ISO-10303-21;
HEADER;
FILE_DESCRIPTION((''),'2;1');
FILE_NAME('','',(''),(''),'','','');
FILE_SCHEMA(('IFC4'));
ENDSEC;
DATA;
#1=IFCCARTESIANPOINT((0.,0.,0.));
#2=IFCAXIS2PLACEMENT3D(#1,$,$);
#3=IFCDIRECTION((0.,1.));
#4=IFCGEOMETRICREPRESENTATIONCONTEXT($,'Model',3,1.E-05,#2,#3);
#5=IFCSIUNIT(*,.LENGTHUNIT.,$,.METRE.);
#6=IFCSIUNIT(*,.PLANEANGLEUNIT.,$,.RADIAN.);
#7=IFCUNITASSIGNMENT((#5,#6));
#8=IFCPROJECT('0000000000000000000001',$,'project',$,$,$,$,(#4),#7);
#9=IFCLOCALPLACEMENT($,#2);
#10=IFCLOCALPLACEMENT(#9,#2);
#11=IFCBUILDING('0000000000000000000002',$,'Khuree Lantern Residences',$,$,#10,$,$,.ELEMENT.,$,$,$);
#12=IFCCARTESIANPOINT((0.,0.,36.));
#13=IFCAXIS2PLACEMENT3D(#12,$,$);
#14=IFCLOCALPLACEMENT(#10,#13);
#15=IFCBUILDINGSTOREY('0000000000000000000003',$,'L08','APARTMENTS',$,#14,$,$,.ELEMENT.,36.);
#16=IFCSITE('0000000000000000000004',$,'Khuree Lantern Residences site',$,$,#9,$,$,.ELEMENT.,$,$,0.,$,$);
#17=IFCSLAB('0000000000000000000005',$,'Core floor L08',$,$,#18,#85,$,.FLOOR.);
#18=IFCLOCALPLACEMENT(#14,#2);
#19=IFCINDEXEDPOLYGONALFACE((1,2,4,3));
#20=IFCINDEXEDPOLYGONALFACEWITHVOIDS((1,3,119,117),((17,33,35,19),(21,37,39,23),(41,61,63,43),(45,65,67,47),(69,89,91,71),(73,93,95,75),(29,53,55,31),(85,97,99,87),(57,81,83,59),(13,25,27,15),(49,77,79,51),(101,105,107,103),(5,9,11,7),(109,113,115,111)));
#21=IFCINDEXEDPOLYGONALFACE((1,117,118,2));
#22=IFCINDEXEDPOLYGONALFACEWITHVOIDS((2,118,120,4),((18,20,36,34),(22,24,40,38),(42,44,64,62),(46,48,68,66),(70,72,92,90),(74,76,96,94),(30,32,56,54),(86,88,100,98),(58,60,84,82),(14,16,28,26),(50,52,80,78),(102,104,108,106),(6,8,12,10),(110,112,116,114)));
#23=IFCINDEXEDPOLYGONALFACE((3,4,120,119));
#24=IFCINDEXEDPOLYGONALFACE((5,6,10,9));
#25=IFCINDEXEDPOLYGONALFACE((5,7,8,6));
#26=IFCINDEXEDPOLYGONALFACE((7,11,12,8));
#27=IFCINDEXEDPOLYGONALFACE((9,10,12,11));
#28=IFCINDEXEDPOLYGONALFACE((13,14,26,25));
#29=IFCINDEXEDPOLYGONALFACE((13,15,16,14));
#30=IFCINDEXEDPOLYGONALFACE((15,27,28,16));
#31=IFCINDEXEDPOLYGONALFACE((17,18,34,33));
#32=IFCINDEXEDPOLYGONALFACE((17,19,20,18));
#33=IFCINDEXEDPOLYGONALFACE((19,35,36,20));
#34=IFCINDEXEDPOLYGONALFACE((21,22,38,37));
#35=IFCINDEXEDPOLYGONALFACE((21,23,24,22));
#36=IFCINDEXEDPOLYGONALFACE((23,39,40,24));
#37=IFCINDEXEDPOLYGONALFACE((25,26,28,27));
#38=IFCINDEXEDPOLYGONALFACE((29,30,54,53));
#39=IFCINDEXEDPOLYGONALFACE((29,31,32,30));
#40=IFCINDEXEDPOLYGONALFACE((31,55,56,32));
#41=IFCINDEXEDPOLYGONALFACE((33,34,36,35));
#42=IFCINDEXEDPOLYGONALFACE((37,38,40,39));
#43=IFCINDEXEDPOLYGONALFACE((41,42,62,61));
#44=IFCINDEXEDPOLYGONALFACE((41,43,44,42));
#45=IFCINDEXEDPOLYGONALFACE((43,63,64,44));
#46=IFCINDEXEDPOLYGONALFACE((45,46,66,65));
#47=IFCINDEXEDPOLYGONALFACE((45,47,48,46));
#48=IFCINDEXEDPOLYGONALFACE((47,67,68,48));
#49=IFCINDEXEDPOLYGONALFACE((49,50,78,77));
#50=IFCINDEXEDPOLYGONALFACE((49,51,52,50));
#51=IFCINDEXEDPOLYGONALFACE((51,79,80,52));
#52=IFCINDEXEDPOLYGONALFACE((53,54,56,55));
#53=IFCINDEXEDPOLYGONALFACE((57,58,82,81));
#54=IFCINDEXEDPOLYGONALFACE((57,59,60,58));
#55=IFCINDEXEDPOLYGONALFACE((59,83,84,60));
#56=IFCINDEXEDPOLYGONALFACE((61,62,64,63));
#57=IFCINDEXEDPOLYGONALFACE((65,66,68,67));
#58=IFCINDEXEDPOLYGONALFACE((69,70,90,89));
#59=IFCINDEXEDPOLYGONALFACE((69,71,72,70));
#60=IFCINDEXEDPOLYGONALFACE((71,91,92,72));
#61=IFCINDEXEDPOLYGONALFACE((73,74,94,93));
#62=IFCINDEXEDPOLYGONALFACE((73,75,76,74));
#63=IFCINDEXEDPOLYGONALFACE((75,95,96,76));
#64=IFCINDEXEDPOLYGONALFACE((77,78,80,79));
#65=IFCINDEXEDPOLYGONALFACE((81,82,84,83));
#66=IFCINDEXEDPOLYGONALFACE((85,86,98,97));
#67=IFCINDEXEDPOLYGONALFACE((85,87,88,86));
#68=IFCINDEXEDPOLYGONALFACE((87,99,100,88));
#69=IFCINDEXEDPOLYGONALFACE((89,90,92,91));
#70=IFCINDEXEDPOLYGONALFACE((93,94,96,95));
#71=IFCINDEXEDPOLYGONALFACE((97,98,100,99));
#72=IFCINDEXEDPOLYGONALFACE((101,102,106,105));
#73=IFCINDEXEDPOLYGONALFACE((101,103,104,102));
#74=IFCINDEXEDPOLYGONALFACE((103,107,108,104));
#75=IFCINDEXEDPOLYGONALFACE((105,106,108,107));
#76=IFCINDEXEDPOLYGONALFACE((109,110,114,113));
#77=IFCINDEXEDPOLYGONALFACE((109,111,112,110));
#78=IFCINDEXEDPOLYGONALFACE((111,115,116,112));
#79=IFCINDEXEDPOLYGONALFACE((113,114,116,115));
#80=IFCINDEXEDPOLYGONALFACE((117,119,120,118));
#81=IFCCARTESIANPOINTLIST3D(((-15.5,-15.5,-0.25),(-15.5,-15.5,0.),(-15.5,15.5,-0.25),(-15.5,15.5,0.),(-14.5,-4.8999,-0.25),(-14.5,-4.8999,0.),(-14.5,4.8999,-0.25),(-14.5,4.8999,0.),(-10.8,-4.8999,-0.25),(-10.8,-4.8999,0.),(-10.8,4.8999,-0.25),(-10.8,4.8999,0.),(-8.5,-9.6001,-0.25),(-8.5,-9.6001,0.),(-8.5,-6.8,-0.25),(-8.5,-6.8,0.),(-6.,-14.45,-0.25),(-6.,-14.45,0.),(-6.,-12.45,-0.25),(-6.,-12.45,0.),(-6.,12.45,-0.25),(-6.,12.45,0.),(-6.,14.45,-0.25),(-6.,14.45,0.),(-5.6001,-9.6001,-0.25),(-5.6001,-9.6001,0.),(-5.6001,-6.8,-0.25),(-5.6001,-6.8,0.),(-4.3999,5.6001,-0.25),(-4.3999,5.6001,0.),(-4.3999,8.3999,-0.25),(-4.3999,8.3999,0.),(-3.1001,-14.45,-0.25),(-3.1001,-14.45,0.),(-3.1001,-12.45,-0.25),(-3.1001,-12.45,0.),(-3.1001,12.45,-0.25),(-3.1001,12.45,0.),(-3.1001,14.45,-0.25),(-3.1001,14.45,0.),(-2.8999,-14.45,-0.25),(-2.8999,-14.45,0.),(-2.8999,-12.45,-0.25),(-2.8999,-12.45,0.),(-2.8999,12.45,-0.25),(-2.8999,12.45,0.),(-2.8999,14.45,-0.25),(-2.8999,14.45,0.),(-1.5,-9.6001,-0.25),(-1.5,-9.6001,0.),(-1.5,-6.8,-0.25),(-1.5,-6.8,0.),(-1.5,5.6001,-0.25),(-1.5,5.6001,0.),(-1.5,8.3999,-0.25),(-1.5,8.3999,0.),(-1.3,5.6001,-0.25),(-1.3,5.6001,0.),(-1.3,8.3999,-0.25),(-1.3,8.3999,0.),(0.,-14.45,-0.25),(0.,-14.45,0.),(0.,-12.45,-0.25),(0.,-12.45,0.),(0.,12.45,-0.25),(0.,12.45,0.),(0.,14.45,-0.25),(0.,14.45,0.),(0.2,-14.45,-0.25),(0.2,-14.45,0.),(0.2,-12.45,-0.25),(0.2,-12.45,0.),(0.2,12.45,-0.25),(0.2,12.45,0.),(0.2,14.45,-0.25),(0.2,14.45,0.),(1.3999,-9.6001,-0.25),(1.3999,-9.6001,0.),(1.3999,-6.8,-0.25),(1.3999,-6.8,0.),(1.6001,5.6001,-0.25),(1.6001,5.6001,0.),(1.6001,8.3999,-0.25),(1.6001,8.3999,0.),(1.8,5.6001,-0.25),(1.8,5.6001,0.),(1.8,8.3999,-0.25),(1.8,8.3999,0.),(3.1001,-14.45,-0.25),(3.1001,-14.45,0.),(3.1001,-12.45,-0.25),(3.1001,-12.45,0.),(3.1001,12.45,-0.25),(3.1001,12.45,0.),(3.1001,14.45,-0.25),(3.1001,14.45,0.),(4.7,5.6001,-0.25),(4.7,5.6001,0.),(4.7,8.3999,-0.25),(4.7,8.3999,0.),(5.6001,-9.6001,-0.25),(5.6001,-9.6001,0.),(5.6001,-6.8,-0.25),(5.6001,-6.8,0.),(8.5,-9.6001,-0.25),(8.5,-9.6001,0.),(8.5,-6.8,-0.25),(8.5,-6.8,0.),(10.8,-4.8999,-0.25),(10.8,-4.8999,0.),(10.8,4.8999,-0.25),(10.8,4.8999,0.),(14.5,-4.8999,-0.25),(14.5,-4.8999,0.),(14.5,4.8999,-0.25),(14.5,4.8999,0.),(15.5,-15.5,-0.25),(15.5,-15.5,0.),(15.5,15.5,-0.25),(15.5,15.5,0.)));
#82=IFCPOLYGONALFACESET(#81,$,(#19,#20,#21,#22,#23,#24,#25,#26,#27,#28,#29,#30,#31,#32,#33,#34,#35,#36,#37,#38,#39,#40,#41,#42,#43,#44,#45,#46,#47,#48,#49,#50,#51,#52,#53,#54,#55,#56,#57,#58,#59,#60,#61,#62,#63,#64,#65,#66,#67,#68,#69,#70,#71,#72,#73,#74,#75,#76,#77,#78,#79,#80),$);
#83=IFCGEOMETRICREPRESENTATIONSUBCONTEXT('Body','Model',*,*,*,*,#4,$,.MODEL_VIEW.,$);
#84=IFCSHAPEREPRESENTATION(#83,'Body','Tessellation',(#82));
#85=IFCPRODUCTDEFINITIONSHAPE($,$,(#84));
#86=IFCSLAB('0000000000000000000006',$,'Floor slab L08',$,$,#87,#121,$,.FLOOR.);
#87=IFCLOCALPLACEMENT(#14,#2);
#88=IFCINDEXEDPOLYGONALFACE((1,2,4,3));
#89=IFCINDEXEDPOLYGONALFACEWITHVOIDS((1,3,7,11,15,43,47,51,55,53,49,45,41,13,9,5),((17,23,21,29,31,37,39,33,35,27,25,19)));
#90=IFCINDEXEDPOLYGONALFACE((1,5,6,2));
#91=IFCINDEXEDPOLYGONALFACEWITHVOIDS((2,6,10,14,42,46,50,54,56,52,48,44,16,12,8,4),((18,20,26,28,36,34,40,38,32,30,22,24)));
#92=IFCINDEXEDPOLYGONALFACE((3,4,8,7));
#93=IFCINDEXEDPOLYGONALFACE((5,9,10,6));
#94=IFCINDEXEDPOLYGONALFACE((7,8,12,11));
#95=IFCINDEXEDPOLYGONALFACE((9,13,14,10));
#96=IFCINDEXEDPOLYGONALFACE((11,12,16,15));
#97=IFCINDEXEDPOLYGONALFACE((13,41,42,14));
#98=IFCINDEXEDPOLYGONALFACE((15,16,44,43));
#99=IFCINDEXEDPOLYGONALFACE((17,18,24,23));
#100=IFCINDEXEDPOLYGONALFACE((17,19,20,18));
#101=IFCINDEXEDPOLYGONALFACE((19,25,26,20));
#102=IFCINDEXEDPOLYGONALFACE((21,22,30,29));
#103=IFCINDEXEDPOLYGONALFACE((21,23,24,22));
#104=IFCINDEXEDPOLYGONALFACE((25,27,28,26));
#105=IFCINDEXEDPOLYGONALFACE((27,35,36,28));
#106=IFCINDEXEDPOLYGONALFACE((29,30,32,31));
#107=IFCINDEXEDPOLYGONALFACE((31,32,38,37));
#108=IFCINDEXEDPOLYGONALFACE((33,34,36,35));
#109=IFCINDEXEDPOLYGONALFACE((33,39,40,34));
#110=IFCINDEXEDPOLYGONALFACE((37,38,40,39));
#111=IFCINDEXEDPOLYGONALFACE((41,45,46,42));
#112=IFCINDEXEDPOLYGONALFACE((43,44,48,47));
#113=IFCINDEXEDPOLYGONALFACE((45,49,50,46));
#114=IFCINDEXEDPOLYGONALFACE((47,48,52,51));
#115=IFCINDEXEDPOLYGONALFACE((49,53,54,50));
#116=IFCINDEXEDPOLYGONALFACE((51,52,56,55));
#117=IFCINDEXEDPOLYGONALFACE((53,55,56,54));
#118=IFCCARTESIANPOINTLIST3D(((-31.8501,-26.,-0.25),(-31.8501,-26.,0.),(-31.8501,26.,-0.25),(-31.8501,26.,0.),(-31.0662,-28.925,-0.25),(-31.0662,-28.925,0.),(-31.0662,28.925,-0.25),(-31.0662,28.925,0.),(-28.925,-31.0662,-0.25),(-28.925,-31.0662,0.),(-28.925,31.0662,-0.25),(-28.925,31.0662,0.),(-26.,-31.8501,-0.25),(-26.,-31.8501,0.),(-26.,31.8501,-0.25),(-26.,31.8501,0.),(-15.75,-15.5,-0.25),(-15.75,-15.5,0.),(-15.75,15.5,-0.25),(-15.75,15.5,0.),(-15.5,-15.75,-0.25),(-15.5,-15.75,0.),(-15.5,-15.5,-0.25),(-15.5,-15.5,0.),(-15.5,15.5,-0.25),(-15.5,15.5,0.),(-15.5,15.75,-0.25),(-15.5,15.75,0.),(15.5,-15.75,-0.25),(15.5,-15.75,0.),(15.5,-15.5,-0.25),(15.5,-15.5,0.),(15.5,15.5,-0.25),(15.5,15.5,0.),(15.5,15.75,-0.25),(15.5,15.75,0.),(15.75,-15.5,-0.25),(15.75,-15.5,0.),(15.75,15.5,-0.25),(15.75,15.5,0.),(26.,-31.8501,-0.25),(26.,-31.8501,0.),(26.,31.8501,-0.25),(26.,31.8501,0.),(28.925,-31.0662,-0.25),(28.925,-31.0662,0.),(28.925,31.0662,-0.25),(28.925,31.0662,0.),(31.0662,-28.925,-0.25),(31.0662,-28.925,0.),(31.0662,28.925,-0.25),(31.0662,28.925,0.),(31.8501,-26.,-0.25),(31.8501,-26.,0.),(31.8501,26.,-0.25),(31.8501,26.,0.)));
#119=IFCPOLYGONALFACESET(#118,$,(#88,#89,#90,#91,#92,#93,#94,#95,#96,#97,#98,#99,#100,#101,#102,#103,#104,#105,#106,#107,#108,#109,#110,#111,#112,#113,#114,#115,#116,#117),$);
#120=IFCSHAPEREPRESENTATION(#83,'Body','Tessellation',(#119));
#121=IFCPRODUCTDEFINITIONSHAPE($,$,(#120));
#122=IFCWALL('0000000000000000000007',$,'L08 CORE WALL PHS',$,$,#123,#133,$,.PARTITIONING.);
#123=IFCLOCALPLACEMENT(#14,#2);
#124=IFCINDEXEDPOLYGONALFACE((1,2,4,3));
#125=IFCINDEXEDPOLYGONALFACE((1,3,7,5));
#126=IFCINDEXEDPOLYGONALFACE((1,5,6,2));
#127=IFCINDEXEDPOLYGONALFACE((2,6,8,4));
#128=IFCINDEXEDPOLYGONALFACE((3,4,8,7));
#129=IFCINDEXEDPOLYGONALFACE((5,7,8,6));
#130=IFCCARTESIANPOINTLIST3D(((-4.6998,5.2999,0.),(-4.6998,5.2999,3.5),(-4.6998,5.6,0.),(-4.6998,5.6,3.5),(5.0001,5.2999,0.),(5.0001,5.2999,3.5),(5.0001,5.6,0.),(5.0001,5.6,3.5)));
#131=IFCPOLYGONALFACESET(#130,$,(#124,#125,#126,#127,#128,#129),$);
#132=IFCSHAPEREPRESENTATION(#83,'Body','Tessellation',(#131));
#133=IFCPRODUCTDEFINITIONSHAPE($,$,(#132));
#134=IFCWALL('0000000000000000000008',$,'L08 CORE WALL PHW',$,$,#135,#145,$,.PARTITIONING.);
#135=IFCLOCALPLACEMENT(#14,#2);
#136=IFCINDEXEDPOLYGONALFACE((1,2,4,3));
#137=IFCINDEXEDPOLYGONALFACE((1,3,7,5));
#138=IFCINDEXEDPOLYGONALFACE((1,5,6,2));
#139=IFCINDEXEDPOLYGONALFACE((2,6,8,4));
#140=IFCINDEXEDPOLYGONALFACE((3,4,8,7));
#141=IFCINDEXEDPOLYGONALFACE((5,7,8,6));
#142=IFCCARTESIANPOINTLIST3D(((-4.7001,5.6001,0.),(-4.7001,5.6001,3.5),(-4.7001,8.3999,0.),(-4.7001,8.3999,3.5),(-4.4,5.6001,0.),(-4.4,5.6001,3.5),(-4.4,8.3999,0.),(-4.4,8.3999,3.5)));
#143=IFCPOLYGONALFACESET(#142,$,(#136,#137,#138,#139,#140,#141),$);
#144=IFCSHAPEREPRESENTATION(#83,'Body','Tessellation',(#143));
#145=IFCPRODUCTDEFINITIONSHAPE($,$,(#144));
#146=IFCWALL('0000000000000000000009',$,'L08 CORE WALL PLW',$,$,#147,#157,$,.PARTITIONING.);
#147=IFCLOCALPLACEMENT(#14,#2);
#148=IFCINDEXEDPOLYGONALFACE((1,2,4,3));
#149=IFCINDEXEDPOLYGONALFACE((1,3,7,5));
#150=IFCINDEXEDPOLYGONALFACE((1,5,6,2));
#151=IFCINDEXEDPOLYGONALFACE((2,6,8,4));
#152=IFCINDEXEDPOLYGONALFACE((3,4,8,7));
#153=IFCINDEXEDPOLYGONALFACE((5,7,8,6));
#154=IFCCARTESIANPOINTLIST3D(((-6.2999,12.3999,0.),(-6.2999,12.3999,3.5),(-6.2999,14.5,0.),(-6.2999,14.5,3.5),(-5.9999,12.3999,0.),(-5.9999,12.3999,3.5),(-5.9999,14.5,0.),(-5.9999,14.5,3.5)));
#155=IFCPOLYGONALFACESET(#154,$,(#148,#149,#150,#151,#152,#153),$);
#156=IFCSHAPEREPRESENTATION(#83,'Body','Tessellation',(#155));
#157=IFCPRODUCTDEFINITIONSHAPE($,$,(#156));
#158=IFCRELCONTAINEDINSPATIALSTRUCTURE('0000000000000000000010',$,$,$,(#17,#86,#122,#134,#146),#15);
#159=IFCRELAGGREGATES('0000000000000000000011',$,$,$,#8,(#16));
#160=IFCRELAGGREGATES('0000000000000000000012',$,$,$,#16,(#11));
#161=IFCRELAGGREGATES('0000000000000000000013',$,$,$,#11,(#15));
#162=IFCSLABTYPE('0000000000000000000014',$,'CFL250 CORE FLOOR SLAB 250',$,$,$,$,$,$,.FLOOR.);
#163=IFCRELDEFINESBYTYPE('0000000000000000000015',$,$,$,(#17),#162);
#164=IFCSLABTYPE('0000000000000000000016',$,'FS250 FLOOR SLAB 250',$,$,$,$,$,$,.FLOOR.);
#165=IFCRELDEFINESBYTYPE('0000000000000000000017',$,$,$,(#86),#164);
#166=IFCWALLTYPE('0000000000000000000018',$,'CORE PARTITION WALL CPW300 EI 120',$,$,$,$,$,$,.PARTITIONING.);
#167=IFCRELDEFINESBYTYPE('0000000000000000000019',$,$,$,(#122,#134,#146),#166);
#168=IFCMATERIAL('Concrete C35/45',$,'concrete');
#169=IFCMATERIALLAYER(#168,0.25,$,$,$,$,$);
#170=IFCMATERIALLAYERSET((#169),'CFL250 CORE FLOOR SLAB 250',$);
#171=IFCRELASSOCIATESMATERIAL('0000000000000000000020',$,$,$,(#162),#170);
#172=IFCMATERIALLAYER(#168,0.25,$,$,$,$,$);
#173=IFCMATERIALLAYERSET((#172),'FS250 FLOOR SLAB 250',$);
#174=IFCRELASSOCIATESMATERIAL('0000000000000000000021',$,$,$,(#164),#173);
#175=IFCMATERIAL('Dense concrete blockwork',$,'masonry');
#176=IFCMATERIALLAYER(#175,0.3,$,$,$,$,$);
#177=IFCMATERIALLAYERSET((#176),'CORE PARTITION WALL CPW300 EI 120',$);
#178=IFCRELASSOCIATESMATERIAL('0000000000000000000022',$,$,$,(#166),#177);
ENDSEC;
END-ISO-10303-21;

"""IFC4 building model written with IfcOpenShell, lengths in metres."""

from ifc_helpers import new_model, si_unit, direction, frame, frame_2d, origin, place, context, subcontext, project, spatial, polyline, rectangle, outline, extrude, material, layer, layer_set, type_object, element, save


model = new_model("IFC4")

# Units and contexts
model_context = context("Model", 3, precision=1e-05, world=origin(), true_north=direction((0.0, 1.0)))
body_context = subcontext(model_context, "Body", "Model", "MODEL_VIEW")
ifc_project = project(units=[si_unit("LENGTHUNIT", "METRE"), si_unit("PLANEANGLEUNIT", "RADIAN")], contexts=[model_context])

# Site, building, storey
site_placement = place(None, origin())
site = spatial("IfcSite", under=ifc_project, at=site_placement, Name="Khuree Lantern Residences site", CompositionType="ELEMENT", RefElevation=0.0)
building_placement = place(site_placement, origin())
building = spatial("IfcBuilding", under=site, at=building_placement, Name="Khuree Lantern Residences", CompositionType="ELEMENT")
storey_placement = place(building_placement, frame((0.0, 0.0, 36.0)))
storey = spatial("IfcBuildingStorey", under=building, at=storey_placement, Name="L08", Description="APARTMENTS", CompositionType="ELEMENT", Elevation=36.0)

# Slabs
ifc_material_1 = material(Name="Concrete C35/45", Category="concrete")
ifc_layer_1 = layer(ifc_material_1, 0.25)
ifc_layer_set_1 = layer_set([ifc_layer_1], Name="CFL250 CORE FLOOR SLAB 250")
slab_type_1 = type_object("IfcSlabType", Name="CFL250 CORE FLOOR SLAB 250", PredefinedType="FLOOR", material=ifc_layer_set_1)
slab_1_placement = place(storey_placement, frame((0.0, 0.0, -0.25)))
element("IfcSlab", 1, at=slab_1_placement, inside=storey, type_object=slab_type_1, Name="Core floor L08", PredefinedType="FLOOR", context=body_context, shape_type="SweptSolid", body=[
    extrude(outline(polyline([(-15.5, -15.5), (-15.5, 15.5), (15.5, 15.5), (15.5, -15.5), (-15.5, -15.5)]), holes=[polyline([(14.5, 4.8999), (10.8, 4.8999), (10.8, -4.8999), (14.5, -4.8999), (14.5, 4.8999)]), polyline([(8.5, -6.8), (5.6001, -6.8), (5.6001, -9.6001), (8.5, -9.6001), (8.5, -6.8)]), polyline([(4.7, 8.3999), (1.8, 8.3999), (1.8, 5.6001), (4.7, 5.6001), (4.7, 8.3999)]), polyline([(0.2, -12.45), (0.2, -14.45), (3.1001, -14.45), (3.1001, -12.45), (0.2, -12.45)]), polyline([(3.1001, 14.45), (0.2, 14.45), (0.2, 12.45), (3.1001, 12.45), (3.1001, 14.45)]), polyline([(1.6001, 8.3999), (-1.3, 8.3999), (-1.3, 5.6001), (1.6001, 5.6001), (1.6001, 8.3999)]), polyline([(1.3999, -6.8), (-1.5, -6.8), (-1.5, -9.6001), (1.3999, -9.6001), (1.3999, -6.8)]), polyline([(0.0, -12.45), (-2.8999, -12.45), (-2.8999, -14.45), (0.0, -14.45), (0.0, -12.45)]), polyline([(0.0, 14.45), (-2.8999, 14.45), (-2.8999, 12.45), (0.0, 12.45), (0.0, 14.45)]), polyline([(-1.5, 8.3999), (-4.3999, 8.3999), (-4.3999, 5.6001), (-1.5, 5.6001), (-1.5, 8.3999)]), polyline([(-6.0, -12.45), (-6.0, -14.45), (-3.1001, -14.45), (-3.1001, -12.45), (-6.0, -12.45)]), polyline([(-3.1001, 14.45), (-6.0, 14.45), (-6.0, 12.45), (-3.1001, 12.45), (-3.1001, 14.45)]), polyline([(-5.6001, -6.8), (-8.5, -6.8), (-8.5, -9.6001), (-5.6001, -9.6001), (-5.6001, -6.8)]), polyline([(-10.8, 4.8999), (-14.5, 4.8999), (-14.5, -4.8999), (-10.8, -4.8999), (-10.8, 4.8999)])]), origin(), (0.0, 0.0, 1.0), 0.25),
])
ifc_layer_2 = layer(ifc_material_1, 0.25)
ifc_layer_set_2 = layer_set([ifc_layer_2], Name="FS250 FLOOR SLAB 250")
slab_type_2 = type_object("IfcSlabType", Name="FS250 FLOOR SLAB 250", PredefinedType="FLOOR", material=ifc_layer_set_2)
slab_2_placement = place(storey_placement, frame((0.0, 0.0, -0.25)))
element("IfcSlab", 2, at=slab_2_placement, inside=storey, type_object=slab_type_2, Name="Floor slab L08", PredefinedType="FLOOR", context=body_context, shape_type="SweptSolid", body=[
    extrude(outline(polyline([(-28.925, -31.0662), (-31.0662, -28.925), (-31.8501, -26.0), (-31.8501, 26.0), (-31.0662, 28.925), (-28.925, 31.0662), (-26.0, 31.8501), (26.0, 31.8501), (28.925, 31.0662), (31.0662, 28.925), (31.8501, 26.0), (31.8501, -26.0), (31.0662, -28.925), (28.925, -31.0662), (26.0, -31.8501), (-26.0, -31.8501), (-28.925, -31.0662)]), holes=[polyline([(15.75, 15.5), (15.5, 15.5), (15.5, 15.75), (-15.5, 15.75), (-15.5, 15.5), (-15.75, 15.5), (-15.75, -15.5), (-15.5, -15.5), (-15.5, -15.75), (15.5, -15.75), (15.5, -15.5), (15.75, -15.5), (15.75, 15.5)])]), origin(), (0.0, 0.0, 1.0), 0.25),
])

# Walls
ifc_material_2 = material(Name="Dense concrete blockwork", Category="masonry")
ifc_layer_3 = layer(ifc_material_2, 0.3)
ifc_layer_set_3 = layer_set([ifc_layer_3], Name="CORE PARTITION WALL CPW300 EI 120")
wall_type_1 = type_object("IfcWallType", Name="CORE PARTITION WALL CPW300 EI 120", PredefinedType="PARTITIONING", material=ifc_layer_set_3)
wall_1_placement = place(storey_placement, frame((-4.7, 5.45, 0.0), z_axis=(0.0, 0.0, 1.0), x_axis=(1.0, 0.0, 0.0)))
element("IfcWall", 3, at=wall_1_placement, inside=storey, type_object=wall_type_1, Name="L08 CORE WALL PHS", PredefinedType="PARTITIONING", context=body_context, shape_type="SweptSolid", body=[
    extrude(rectangle(XDim=9.7, YDim=0.3, at=frame_2d((4.8501, 0.0))), origin(), (0.0, 0.0, 1.0), 3.5),
])
wall_2_placement = place(storey_placement, frame((-4.55, 5.6001, 0.0), z_axis=(0.0, 0.0, 1.0), x_axis=(0.0, 1.0, 0.0)))
element("IfcWall", 4, at=wall_2_placement, inside=storey, type_object=wall_type_1, Name="L08 CORE WALL PHW", PredefinedType="PARTITIONING", context=body_context, shape_type="SweptSolid", body=[
    extrude(rectangle(XDim=2.7998, YDim=0.3, at=frame_2d((1.3999, 0.0))), origin(), (0.0, 0.0, 1.0), 3.5),
])
wall_3_placement = place(storey_placement, frame((-6.1499, 12.3999, 0.0), z_axis=(0.0, 0.0, 1.0), x_axis=(0.0, 1.0, 0.0)))
element("IfcWall", 5, at=wall_3_placement, inside=storey, type_object=wall_type_1, Name="L08 CORE WALL PLW", PredefinedType="PARTITIONING", context=body_context, shape_type="SweptSolid", body=[
    extrude(rectangle(XDim=2.1001, YDim=0.3, at=frame_2d((1.05, 0.0))), origin(), (0.0, 0.0, 1.0), 3.5),
])

save(model, "model.ifc")
